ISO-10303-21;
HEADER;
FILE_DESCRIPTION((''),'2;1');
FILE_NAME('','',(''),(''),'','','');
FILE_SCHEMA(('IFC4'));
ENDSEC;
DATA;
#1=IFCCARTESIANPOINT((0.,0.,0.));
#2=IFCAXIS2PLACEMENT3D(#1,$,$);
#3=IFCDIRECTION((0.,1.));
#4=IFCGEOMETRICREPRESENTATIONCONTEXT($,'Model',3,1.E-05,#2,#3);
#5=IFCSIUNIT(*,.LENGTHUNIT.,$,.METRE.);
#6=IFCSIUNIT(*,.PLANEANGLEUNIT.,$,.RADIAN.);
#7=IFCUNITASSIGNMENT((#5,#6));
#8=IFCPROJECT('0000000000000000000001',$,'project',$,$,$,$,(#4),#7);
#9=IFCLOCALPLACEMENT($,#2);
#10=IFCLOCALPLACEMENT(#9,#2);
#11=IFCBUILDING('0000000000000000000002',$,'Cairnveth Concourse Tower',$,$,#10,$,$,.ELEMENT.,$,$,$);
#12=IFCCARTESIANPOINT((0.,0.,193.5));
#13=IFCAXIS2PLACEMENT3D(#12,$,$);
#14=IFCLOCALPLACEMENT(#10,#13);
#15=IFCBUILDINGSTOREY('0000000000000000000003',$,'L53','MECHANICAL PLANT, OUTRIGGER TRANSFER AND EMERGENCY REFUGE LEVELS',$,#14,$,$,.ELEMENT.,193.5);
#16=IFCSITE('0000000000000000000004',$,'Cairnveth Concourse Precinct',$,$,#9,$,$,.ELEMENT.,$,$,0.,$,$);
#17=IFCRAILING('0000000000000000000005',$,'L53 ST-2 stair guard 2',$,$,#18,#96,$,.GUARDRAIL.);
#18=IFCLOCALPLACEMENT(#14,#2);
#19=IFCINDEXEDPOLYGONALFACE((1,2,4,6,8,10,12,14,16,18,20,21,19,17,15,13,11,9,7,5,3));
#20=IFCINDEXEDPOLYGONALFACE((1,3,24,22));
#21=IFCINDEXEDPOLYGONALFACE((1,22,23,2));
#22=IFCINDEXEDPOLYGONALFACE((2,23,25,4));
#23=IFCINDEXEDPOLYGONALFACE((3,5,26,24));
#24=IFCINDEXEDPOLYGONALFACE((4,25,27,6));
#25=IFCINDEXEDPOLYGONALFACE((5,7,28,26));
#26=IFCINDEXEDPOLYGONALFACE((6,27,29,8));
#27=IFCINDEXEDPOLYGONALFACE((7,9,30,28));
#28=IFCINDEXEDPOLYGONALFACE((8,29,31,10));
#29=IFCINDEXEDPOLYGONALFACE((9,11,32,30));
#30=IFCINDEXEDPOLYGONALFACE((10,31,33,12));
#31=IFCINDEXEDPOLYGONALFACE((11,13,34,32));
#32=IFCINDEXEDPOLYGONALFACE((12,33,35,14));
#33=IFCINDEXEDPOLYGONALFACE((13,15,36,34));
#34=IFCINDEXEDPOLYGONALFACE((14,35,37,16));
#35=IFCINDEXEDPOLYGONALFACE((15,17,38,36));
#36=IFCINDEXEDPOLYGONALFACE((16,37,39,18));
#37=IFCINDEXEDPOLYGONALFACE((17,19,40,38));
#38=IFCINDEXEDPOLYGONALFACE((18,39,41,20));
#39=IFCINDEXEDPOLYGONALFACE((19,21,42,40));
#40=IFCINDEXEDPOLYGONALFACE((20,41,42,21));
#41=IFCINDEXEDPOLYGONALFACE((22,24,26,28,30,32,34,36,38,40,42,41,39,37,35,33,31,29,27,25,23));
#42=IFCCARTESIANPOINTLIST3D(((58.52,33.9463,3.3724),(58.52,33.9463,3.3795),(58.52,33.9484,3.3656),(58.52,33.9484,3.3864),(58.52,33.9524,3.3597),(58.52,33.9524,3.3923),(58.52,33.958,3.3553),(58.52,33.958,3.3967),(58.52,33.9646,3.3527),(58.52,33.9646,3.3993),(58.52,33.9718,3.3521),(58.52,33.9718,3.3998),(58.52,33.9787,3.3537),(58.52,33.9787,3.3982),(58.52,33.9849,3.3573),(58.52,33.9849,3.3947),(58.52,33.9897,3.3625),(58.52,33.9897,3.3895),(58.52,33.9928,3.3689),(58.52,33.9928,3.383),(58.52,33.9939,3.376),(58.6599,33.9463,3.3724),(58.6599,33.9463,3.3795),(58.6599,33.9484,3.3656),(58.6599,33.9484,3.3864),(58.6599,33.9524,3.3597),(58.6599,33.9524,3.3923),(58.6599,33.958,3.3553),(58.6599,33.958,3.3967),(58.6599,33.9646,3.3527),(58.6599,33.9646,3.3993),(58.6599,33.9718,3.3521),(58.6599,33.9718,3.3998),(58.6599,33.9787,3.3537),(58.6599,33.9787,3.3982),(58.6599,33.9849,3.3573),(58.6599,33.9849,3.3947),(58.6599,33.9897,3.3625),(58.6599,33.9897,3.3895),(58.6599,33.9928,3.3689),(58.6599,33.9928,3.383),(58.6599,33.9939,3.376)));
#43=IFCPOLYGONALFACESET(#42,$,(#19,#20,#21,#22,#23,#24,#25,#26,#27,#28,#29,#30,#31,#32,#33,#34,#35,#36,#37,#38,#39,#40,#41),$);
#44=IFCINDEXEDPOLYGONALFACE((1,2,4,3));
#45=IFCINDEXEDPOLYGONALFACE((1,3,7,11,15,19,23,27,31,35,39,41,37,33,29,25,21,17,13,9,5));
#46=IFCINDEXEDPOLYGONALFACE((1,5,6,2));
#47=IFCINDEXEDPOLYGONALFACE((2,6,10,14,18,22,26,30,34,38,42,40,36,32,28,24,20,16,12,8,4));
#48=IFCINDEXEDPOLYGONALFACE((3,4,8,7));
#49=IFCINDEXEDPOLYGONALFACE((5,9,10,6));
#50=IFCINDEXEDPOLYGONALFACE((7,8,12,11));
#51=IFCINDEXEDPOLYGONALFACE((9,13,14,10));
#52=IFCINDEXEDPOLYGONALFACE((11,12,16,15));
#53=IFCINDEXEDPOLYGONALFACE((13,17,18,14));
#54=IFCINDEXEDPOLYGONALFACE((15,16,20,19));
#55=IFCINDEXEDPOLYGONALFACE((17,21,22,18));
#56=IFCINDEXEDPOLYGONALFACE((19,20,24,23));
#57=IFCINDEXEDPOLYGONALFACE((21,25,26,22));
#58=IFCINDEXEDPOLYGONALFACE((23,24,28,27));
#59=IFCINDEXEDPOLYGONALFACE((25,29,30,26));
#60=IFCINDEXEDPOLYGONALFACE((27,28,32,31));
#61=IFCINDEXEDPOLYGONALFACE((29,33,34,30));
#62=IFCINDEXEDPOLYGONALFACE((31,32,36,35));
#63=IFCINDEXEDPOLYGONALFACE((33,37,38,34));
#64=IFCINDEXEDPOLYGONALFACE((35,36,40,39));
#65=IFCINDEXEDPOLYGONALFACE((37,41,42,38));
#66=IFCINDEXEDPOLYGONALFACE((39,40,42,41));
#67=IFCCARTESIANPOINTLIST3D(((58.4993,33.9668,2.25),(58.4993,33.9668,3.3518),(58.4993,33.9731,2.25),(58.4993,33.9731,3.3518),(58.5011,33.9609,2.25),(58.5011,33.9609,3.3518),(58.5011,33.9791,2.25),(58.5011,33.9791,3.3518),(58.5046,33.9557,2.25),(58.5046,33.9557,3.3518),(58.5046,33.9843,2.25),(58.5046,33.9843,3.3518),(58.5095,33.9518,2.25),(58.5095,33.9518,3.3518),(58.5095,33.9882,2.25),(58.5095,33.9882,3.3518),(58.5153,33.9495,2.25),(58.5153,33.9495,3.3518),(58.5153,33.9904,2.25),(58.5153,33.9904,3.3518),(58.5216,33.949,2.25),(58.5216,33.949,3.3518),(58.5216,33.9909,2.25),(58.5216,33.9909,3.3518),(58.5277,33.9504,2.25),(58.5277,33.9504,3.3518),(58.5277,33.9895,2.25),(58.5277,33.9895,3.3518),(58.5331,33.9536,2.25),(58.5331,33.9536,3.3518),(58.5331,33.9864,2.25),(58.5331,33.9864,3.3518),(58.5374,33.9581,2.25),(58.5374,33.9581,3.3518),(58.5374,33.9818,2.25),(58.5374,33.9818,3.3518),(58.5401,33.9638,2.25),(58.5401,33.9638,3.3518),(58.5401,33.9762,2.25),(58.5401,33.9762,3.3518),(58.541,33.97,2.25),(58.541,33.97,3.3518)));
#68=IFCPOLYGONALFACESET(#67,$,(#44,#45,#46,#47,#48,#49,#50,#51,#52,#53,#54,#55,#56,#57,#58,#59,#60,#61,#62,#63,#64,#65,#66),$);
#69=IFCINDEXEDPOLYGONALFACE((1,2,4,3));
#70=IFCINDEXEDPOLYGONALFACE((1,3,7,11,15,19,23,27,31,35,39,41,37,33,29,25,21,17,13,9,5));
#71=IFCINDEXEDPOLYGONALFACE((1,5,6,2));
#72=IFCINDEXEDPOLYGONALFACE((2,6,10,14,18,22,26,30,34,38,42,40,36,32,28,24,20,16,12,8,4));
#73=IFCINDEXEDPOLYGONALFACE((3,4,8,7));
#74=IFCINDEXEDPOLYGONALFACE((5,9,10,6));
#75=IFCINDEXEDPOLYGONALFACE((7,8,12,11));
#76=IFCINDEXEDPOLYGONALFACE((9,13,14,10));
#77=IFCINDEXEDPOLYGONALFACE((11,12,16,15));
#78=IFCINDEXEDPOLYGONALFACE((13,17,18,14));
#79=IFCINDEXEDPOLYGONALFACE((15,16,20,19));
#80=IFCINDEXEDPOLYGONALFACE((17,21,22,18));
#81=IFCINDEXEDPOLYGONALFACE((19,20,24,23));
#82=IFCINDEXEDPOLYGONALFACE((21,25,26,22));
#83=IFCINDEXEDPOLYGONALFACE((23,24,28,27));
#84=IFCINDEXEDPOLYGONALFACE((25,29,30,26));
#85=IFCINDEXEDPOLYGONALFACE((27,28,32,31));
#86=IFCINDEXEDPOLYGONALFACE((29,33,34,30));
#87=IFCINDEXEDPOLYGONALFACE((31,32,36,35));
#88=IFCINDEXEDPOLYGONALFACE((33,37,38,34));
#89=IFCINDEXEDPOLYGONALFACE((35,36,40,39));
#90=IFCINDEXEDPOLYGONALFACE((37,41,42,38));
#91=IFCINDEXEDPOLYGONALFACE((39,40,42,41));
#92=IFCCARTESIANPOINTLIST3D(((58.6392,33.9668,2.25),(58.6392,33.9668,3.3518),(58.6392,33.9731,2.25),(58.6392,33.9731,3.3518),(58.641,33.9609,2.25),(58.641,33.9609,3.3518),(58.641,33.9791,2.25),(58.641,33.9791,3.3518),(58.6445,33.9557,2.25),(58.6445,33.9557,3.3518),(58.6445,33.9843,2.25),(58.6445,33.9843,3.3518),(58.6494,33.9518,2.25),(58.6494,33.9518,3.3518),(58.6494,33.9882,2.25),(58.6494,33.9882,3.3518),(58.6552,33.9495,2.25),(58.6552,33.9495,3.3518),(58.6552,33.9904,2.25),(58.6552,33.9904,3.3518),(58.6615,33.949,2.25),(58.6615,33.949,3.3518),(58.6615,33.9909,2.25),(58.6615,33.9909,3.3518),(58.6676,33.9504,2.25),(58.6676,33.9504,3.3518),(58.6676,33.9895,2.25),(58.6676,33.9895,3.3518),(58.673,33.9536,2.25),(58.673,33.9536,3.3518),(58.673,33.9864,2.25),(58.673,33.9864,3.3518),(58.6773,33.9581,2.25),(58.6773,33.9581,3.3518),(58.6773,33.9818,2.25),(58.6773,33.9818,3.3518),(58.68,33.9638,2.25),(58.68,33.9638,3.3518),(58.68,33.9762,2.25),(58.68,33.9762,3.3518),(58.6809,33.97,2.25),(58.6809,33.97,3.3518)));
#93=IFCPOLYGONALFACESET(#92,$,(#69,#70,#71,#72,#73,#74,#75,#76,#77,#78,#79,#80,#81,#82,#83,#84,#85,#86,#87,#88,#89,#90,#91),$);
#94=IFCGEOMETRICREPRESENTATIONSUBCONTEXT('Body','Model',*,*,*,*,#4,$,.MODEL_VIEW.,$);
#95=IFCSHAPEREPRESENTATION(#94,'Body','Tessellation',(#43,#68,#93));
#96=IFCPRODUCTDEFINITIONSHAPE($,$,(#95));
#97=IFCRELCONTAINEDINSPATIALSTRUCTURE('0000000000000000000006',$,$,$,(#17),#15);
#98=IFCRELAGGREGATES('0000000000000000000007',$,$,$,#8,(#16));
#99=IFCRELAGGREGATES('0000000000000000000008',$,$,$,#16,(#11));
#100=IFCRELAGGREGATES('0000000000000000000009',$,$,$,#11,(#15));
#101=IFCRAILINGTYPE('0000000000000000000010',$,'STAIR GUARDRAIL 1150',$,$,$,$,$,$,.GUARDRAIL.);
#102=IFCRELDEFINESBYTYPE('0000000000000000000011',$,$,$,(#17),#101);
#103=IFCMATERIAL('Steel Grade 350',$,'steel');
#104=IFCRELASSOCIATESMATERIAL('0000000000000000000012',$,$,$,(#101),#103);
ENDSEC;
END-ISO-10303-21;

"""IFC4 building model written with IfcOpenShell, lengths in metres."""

from ifc_helpers import new_model, si_unit, direction, frame, origin, origin_2d, place, context, subcontext, project, spatial, circle, extrude, material, type_object, element, save


model = new_model("IFC4")

# Units and contexts
model_context = context("Model", 3, precision=1e-05, world=origin(), true_north=direction((0.0, 1.0)))
body_context = subcontext(model_context, "Body", "Model", "MODEL_VIEW")
ifc_project = project(units=[si_unit("LENGTHUNIT", "METRE"), si_unit("PLANEANGLEUNIT", "RADIAN")], contexts=[model_context])

# Site, building, storey
site_placement = place(None, origin())
site = spatial("IfcSite", under=ifc_project, at=site_placement, Name="Cairnveth Concourse Precinct", CompositionType="ELEMENT", RefElevation=0.0)
building_placement = place(site_placement, origin())
building = spatial("IfcBuilding", under=site, at=building_placement, Name="Cairnveth Concourse Tower", CompositionType="ELEMENT")
storey_placement = place(building_placement, frame((0.0, 0.0, 193.5)))
storey = spatial("IfcBuildingStorey", under=building, at=storey_placement, Name="L53", Description="MECHANICAL PLANT, OUTRIGGER TRANSFER AND EMERGENCY REFUGE LEVELS", CompositionType="ELEMENT", Elevation=193.5)

# Shared definitions
ifc_material_1 = material(Name="Steel Grade 350", Category="steel")

# Railing
railing_type_1 = type_object("IfcRailingType", Name="STAIR GUARDRAIL 1150", PredefinedType="GUARDRAIL", material=ifc_material_1)
railing_1_placement = place(storey_placement, frame((58.52, 33.97, 2.25)))
element("IfcRailing", 1, at=railing_1_placement, inside=storey, type_object=railing_type_1, Name="L53 ST-2 stair guard 2", PredefinedType="GUARDRAIL", context=body_context, shape_type="SweptSolid", body=[
    extrude(circle(Radius=0.0239, at=origin_2d()), frame((0.0, 0.0, 1.126), z_axis=(1.0, 0.0, 0.0), x_axis=(0.0, 1.0, 0.0)), (0.0, 0.0, 1.0), 0.1399),
    extrude(circle(Radius=0.021, at=origin_2d()), origin(), (0.0, 0.0, 1.0), 1.1018),
    extrude(circle(Radius=0.021, at=origin_2d()), frame((0.1399, 0.0, 0.0)), (0.0, 0.0, 1.0), 1.1018),
])

save(model, "model.ifc")
